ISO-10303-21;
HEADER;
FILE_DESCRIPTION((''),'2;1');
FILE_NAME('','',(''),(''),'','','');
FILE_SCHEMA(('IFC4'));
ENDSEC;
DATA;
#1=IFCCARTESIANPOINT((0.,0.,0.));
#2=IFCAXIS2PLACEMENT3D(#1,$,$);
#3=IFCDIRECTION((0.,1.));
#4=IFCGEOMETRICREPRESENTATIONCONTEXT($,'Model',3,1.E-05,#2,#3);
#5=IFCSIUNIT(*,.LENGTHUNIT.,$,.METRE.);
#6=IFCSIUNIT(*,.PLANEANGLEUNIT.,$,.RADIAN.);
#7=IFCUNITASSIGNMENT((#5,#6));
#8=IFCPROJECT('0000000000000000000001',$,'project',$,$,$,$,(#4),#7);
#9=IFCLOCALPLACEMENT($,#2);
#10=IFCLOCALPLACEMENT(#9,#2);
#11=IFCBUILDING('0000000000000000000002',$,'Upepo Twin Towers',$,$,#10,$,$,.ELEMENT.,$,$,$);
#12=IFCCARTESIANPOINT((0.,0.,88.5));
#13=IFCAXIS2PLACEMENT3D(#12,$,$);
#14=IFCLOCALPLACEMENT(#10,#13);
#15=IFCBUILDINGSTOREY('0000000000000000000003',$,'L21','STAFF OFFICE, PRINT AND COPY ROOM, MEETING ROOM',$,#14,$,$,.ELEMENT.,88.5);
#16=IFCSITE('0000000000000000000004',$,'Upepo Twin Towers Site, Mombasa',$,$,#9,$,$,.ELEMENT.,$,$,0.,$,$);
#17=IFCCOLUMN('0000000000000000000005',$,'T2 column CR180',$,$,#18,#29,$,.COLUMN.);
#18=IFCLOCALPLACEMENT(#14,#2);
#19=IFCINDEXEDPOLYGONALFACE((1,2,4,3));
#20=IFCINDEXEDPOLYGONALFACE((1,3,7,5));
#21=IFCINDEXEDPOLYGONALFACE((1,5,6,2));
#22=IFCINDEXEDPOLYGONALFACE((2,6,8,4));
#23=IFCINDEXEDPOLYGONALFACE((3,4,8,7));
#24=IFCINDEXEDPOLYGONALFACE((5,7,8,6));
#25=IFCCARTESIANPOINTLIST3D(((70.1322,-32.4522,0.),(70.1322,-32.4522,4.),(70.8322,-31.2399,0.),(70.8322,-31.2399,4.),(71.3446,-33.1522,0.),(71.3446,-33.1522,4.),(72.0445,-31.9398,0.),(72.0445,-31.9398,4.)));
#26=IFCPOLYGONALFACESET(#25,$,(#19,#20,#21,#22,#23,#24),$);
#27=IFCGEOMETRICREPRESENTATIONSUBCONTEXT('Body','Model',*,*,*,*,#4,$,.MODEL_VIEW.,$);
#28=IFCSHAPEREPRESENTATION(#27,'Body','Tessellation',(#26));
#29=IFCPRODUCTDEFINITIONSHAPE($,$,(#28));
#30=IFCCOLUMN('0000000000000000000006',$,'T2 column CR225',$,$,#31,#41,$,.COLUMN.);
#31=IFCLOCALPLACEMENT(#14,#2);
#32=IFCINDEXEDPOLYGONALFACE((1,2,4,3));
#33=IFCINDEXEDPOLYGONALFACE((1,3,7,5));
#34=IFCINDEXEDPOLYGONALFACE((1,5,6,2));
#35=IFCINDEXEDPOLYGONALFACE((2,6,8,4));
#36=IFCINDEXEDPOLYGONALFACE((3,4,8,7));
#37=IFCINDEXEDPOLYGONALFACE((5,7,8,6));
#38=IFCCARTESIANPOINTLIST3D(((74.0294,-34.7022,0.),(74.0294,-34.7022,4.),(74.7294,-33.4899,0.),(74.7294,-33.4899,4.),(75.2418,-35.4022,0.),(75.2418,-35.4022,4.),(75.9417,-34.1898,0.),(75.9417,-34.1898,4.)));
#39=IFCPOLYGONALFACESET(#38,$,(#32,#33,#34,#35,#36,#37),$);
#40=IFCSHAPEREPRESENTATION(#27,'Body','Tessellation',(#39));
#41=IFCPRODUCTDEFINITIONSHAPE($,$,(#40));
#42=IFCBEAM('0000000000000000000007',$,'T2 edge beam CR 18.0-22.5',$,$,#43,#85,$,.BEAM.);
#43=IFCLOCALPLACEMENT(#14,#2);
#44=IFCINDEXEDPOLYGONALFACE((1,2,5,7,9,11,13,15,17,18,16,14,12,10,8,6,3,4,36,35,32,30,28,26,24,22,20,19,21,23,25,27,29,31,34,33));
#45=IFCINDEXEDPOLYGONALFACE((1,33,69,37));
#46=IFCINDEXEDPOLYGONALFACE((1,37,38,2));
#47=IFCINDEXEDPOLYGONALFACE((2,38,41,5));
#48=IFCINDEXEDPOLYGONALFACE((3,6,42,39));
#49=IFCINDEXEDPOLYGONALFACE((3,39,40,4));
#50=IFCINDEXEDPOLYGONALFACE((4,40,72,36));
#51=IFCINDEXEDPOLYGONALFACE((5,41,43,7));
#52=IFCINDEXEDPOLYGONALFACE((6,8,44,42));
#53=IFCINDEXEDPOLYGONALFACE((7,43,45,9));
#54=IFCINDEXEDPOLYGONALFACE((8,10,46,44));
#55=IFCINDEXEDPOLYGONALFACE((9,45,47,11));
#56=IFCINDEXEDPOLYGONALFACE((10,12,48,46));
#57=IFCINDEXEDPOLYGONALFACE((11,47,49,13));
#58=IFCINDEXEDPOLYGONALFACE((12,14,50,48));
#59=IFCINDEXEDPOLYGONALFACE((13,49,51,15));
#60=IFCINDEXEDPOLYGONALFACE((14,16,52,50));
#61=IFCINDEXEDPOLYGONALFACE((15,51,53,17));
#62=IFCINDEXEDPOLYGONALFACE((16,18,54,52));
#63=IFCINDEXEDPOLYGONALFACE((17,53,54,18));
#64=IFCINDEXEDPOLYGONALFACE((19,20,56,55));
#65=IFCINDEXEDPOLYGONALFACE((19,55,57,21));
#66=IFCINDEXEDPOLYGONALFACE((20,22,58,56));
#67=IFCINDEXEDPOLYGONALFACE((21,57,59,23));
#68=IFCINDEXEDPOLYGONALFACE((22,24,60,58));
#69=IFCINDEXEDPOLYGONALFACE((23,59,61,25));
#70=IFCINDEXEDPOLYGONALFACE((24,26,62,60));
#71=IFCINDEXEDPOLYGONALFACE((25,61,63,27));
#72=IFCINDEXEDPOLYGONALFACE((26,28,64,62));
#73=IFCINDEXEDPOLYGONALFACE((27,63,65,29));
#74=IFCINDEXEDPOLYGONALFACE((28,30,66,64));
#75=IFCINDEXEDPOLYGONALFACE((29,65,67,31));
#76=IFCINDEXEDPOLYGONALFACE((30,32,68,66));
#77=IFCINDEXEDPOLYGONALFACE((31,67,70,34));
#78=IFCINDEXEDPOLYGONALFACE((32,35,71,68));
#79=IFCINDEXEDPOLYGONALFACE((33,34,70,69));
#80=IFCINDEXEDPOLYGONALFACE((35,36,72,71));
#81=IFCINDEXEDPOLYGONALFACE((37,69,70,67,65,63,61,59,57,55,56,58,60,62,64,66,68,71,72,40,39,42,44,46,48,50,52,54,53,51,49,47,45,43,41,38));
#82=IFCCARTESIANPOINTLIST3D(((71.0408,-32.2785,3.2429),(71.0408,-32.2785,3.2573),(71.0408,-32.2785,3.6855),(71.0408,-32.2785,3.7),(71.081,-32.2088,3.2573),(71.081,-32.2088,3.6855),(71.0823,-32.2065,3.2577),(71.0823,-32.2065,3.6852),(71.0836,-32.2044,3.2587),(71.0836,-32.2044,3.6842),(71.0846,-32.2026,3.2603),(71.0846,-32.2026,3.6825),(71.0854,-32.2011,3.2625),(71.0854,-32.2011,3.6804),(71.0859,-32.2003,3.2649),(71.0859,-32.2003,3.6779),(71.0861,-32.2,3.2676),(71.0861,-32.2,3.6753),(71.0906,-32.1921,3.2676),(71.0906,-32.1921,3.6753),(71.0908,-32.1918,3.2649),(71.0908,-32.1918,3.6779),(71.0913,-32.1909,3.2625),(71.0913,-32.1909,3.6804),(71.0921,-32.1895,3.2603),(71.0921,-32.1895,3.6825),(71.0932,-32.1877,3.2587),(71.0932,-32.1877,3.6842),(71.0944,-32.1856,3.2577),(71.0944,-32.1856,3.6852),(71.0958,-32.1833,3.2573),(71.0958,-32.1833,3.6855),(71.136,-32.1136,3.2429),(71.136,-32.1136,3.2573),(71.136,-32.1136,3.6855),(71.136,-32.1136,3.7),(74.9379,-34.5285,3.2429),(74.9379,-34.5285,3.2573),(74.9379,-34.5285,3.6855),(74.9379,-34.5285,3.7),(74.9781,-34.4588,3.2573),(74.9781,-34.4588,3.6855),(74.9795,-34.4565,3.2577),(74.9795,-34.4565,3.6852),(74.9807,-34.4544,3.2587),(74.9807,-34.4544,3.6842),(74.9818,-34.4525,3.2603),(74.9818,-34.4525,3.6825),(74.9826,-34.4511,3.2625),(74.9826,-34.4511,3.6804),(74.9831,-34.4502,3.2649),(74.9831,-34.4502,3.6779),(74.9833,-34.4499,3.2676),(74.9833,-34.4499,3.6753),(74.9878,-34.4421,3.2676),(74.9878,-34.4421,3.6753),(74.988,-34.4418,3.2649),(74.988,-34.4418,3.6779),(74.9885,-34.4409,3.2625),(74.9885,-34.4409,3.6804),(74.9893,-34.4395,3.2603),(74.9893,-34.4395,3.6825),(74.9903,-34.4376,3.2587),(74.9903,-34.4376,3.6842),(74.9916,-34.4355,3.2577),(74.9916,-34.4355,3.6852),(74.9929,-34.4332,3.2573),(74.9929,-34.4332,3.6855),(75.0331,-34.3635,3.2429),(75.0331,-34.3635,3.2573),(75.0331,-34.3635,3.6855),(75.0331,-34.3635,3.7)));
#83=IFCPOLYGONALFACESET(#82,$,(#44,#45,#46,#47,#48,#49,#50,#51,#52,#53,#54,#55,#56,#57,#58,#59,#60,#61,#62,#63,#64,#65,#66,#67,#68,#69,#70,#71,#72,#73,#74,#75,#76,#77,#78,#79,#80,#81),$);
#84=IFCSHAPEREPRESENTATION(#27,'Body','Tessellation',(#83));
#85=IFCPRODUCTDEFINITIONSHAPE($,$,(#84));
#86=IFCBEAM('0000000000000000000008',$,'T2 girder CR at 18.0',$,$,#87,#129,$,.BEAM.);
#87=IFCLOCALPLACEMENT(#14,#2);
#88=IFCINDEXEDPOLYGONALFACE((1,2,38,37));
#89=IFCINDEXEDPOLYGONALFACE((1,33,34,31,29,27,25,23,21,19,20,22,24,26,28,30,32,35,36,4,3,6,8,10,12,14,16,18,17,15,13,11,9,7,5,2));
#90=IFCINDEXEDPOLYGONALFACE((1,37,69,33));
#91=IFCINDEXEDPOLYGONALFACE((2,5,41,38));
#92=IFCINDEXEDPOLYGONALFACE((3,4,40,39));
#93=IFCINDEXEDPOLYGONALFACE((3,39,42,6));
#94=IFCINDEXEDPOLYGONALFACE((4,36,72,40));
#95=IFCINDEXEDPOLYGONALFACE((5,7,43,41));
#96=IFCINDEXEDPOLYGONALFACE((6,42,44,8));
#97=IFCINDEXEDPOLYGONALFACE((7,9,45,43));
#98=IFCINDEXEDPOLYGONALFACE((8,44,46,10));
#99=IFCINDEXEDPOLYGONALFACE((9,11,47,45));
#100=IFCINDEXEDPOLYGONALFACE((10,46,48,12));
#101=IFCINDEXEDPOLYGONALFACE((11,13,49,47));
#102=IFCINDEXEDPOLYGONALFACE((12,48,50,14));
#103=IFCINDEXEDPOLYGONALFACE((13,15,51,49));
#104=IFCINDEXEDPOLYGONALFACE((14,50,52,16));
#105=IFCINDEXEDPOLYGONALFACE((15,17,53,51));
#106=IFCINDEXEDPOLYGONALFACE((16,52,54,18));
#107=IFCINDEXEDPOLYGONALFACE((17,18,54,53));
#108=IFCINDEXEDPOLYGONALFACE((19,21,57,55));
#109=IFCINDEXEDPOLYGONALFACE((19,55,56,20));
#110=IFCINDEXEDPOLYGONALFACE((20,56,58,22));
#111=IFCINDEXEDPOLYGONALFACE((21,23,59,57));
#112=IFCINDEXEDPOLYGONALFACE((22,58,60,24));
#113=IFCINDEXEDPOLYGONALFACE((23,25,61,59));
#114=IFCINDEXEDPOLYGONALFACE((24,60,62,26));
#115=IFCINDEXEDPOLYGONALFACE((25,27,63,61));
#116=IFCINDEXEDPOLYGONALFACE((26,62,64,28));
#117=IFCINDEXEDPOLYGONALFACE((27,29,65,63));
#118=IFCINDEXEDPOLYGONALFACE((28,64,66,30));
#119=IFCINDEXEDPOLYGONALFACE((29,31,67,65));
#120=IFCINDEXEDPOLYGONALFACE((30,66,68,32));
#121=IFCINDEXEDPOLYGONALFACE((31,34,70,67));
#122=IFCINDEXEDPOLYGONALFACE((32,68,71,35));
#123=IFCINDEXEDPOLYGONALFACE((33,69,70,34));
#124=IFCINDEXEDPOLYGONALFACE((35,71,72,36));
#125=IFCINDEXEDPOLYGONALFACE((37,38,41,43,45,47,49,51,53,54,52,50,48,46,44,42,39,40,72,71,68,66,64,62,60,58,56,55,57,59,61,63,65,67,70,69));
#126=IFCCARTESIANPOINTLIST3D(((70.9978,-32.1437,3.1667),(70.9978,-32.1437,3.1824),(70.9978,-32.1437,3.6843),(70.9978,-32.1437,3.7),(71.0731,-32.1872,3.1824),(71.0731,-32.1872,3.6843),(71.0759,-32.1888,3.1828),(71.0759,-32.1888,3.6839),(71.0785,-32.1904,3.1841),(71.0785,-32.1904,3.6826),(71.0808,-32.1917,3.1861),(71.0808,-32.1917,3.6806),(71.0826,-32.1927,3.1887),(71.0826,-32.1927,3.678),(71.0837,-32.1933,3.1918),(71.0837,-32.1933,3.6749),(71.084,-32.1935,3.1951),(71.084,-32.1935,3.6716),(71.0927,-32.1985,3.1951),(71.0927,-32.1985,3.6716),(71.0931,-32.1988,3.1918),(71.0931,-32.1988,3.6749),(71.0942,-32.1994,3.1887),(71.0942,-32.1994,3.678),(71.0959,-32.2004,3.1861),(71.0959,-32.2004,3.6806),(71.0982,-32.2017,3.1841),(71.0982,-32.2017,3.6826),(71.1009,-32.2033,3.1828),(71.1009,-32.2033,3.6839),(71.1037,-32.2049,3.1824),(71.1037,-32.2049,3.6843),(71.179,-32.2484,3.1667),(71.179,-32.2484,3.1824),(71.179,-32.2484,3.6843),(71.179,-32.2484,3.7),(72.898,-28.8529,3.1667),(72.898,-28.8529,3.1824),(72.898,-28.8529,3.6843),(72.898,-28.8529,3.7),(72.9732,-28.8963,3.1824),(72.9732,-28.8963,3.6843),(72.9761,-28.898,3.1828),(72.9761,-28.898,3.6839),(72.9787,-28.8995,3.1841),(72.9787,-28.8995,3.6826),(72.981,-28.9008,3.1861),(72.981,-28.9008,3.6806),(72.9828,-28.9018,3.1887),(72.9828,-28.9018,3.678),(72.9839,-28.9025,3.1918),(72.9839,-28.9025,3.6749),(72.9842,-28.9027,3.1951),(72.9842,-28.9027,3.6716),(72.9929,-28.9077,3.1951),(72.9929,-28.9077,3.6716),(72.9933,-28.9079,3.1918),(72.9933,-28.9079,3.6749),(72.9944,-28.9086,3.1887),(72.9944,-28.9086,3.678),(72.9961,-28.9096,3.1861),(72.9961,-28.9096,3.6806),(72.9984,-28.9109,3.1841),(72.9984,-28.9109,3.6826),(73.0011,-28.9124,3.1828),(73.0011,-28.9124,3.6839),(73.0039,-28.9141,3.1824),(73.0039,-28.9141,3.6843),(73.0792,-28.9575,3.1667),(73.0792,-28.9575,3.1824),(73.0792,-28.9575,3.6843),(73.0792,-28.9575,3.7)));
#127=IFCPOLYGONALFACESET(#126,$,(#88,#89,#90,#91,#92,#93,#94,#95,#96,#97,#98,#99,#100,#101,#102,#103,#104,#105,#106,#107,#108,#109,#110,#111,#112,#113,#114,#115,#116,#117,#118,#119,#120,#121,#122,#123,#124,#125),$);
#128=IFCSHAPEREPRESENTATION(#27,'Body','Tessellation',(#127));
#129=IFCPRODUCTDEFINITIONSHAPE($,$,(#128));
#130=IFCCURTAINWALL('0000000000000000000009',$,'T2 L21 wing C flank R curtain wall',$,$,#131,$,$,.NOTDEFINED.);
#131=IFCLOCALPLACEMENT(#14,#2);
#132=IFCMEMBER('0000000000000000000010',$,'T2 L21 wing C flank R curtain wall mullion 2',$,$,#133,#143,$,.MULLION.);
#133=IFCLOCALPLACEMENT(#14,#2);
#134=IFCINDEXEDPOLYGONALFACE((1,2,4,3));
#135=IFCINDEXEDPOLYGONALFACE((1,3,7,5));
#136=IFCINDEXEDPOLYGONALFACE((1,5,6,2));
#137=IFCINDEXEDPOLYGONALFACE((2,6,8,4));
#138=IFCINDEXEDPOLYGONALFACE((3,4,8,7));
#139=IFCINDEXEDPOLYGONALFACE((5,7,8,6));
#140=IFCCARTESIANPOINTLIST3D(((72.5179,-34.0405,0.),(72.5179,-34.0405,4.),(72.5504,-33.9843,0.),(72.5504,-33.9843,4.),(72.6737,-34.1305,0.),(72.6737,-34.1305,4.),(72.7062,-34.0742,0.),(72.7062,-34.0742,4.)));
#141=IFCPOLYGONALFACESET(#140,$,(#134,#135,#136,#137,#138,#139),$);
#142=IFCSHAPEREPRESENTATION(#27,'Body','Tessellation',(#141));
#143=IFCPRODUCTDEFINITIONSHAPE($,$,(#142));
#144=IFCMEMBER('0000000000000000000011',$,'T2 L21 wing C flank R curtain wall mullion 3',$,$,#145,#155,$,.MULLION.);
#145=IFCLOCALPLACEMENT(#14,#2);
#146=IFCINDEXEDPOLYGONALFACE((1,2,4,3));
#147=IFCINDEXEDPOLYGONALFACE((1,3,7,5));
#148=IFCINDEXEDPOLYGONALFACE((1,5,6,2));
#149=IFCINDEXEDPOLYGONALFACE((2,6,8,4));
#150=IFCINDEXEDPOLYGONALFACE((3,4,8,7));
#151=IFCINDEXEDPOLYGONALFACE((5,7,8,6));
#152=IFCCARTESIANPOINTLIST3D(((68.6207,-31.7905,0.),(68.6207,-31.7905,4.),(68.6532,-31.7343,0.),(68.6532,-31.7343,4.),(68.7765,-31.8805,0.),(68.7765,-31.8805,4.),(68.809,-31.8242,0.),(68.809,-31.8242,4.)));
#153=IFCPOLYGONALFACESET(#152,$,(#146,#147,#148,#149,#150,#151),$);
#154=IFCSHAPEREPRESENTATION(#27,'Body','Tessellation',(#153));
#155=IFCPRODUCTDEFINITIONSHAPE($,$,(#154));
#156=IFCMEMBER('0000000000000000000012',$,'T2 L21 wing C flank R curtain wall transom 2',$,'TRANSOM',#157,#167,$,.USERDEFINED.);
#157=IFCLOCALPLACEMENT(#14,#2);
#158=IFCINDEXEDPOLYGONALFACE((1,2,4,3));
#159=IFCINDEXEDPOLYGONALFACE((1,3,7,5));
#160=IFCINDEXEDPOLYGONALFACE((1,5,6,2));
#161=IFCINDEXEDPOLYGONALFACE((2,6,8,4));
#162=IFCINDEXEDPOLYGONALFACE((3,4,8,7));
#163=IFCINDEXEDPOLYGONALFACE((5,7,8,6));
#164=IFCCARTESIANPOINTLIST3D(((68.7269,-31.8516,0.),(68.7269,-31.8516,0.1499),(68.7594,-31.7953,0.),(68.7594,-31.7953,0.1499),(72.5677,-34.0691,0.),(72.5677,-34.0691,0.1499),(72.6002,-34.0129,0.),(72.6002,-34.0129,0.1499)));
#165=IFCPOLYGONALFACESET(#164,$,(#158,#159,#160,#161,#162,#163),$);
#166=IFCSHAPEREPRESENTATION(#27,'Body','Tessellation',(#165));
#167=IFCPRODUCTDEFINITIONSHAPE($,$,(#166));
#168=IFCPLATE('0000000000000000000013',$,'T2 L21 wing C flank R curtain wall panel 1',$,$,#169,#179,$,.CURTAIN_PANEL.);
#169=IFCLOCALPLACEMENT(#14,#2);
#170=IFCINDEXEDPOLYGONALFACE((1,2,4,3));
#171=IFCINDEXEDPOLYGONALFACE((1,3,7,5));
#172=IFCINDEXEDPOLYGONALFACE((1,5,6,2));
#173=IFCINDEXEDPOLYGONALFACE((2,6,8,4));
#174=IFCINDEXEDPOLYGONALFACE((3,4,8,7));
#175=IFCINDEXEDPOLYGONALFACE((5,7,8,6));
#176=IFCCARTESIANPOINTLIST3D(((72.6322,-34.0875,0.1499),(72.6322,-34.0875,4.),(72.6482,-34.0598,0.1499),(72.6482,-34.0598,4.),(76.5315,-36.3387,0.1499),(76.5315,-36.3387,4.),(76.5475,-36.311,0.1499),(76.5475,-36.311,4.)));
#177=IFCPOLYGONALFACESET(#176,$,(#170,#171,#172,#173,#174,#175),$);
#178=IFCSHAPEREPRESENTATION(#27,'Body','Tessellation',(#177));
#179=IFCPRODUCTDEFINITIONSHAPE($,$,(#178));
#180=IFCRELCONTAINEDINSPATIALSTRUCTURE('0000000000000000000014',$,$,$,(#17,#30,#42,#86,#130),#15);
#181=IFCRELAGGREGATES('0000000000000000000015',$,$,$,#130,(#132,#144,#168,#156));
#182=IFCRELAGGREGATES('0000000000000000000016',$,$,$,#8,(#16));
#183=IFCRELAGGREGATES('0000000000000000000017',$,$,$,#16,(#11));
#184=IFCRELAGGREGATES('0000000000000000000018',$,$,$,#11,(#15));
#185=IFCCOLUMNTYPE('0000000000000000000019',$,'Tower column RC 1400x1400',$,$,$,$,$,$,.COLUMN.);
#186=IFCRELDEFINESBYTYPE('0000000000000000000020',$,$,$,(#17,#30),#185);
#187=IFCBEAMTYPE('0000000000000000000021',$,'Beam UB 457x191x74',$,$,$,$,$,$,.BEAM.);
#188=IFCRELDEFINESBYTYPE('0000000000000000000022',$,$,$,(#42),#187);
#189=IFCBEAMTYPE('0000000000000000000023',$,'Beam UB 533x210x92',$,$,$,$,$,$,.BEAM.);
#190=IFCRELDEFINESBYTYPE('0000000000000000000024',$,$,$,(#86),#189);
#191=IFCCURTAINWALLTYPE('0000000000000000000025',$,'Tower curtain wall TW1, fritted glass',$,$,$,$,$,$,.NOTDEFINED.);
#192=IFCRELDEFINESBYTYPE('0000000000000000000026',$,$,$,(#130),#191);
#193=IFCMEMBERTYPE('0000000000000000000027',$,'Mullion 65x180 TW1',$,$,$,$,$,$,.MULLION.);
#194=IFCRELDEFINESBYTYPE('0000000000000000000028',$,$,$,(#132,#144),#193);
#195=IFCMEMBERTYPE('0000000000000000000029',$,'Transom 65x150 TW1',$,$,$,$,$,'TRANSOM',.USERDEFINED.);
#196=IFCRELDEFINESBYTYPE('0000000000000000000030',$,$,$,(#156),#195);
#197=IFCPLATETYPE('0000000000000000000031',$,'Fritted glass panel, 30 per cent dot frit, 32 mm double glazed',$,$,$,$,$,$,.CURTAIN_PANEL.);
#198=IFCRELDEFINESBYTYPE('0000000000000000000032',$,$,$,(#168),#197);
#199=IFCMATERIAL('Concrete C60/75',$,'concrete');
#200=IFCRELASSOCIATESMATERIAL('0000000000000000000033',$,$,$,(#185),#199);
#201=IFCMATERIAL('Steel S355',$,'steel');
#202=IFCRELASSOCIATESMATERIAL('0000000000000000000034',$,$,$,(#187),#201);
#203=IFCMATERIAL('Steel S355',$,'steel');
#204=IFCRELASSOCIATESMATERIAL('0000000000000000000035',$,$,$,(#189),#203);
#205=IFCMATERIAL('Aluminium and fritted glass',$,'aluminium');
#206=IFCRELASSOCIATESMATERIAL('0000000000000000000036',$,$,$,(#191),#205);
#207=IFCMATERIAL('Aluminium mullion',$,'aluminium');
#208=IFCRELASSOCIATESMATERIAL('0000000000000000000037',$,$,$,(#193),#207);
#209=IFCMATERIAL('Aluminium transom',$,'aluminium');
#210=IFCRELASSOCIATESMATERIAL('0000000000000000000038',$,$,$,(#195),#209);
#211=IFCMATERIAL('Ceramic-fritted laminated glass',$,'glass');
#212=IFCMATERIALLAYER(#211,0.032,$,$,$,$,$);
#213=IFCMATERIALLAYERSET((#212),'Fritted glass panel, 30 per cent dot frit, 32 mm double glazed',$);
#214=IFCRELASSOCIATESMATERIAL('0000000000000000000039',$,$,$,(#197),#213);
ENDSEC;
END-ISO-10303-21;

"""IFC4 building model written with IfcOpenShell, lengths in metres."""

from ifc_helpers import new_model, si_unit, direction, frame, origin, origin_2d, place, context, subcontext, project, spatial, rectangle, i_section, extrude, material, layer, layer_set, material_profile, profile_set, type_object, element, aggregate, save


model = new_model("IFC4")

# Units and contexts
model_context = context("Model", 3, precision=1e-05, world=origin(), true_north=direction((0.0, 1.0)))
body_context = subcontext(model_context, "Body", "Model", "MODEL_VIEW")
ifc_project = project(units=[si_unit("LENGTHUNIT", "METRE"), si_unit("PLANEANGLEUNIT", "RADIAN")], contexts=[model_context])

# Site, building, storey
site_placement = place(None, origin())
site = spatial("IfcSite", under=ifc_project, at=site_placement, Name="Upepo Twin Towers Site, Mombasa", CompositionType="ELEMENT", RefElevation=0.0)
building_placement = place(site_placement, origin())
building = spatial("IfcBuilding", under=site, at=building_placement, Name="Upepo Twin Towers", CompositionType="ELEMENT")
storey_placement = place(building_placement, frame((0.0, 0.0, 88.5)))
storey = spatial("IfcBuildingStorey", under=building, at=storey_placement, Name="L21", Description="STAFF OFFICE, PRINT AND COPY ROOM, MEETING ROOM", CompositionType="ELEMENT", Elevation=88.5)

# Columns
ifc_material_1 = material(Name="Concrete C60/75", Category="concrete")
ifc_material_profile_1 = material_profile(ifc_material_1, rectangle(XDim=1.3999, YDim=1.3999, at=origin_2d()), Name="RC 1400x1400")
ifc_profile_set_1 = profile_set([ifc_material_profile_1], Name="Concrete C60/75")
column_type = type_object("IfcColumnType", Name="Tower column RC 1400x1400", PredefinedType="COLUMN", material=ifc_profile_set_1)
for number, where, z_axis, x_axis, name in (
    (1, (71.0884, -32.196, 0.0), (0.0, 0.0, 1.0), (0.5, 0.866025, 0.0), "T2 column CR180"),
    (2, (74.9856, -34.446, 0.0), (0.0, 0.0, 1.0), (0.5, 0.866025, 0.0), "T2 column CR225"),
):
    element("IfcColumn", number, at=place(storey_placement, frame(where, z_axis=z_axis, x_axis=x_axis)), inside=storey, type_object=column_type, Name=name, PredefinedType="COLUMN", context=body_context, shape_type="SweptSolid", body=[
        extrude(rectangle(XDim=1.3999, YDim=1.3999, at=origin_2d()), origin(), (0.0, 0.0, 1.0), 4.0),
    ])

# Beams
ifc_material_2 = material(Name="Steel S355", Category="steel")
ifc_material_profile_2 = material_profile(ifc_material_2, i_section(OverallWidth=0.1904, OverallDepth=0.457, WebThickness=0.009, FlangeThickness=0.0144, FilletRadius=0.0103, at=origin_2d()), Name="UB 457x191x74")
ifc_profile_set_2 = profile_set([ifc_material_profile_2], Name="Steel S355")
beam_type_1 = type_object("IfcBeamType", Name="Beam UB 457x191x74", PredefinedType="BEAM", material=ifc_profile_set_2)
beam_1_placement = place(storey_placement, frame((71.0884, -32.196, 3.4714), z_axis=(0.866031, -0.49999, 0.0), x_axis=(0.49999, 0.866031, 0.0)))
element("IfcBeam", 3, at=beam_1_placement, inside=storey, type_object=beam_type_1, Name="T2 edge beam CR 18.0-22.5", PredefinedType="BEAM", context=body_context, shape_type="SweptSolid", body=[
    extrude(i_section(OverallWidth=0.1904, OverallDepth=0.457, WebThickness=0.009, FlangeThickness=0.0144, FilletRadius=0.0103, at=origin_2d()), origin(), (0.0, 0.0, 1.0), 4.5),
])
ifc_material_3 = material(Name="Steel S355", Category="steel")
ifc_material_profile_3 = material_profile(ifc_material_3, i_section(OverallWidth=0.2092, OverallDepth=0.5332, WebThickness=0.01, FlangeThickness=0.0156, FilletRadius=0.0127, at=origin_2d()), Name="UB 533x210x92")
ifc_profile_set_3 = profile_set([ifc_material_profile_3], Name="Steel S355")
beam_type_2 = type_object("IfcBeamType", Name="Beam UB 533x210x92", PredefinedType="BEAM", material=ifc_profile_set_3)
beam_2_placement = place(storey_placement, frame((71.0884, -32.196, 3.4333), z_axis=(0.500043, 0.866, 0.0), x_axis=(-0.866, 0.500043, 0.0)))
element("IfcBeam", 4, at=beam_2_placement, inside=storey, type_object=beam_type_2, Name="T2 girder CR at 18.0", PredefinedType="BEAM", context=body_context, shape_type="SweptSolid", body=[
    extrude(i_section(OverallWidth=0.2092, OverallDepth=0.5332, WebThickness=0.01, FlangeThickness=0.0156, FilletRadius=0.0127, at=origin_2d()), origin(), (0.0, 0.0, 1.0), 3.8),
])

# Curtain wall, members, plate
ifc_material_4 = material(Name="Aluminium and fritted glass", Category="aluminium")
curtain_wall_type = type_object("IfcCurtainWallType", Name="Tower curtain wall TW1, fritted glass", PredefinedType="NOTDEFINED", material=ifc_material_4)
curtain_wall_placement = place(storey_placement, origin())
curtain_wall = element("IfcCurtainWall", 5, at=curtain_wall_placement, inside=storey, type_object=curtain_wall_type, Name="T2 L21 wing C flank R curtain wall", PredefinedType="NOTDEFINED")
ifc_material_5 = material(Name="Aluminium mullion", Category="aluminium")
ifc_material_profile_4 = material_profile(ifc_material_5, rectangle(XDim=0.0649, YDim=0.1799, at=origin_2d()), Name="MULLION 65x180")
ifc_profile_set_4 = profile_set([ifc_material_profile_4], Name="Aluminium mullion")
member_type_1 = type_object("IfcMemberType", Name="Mullion 65x180 TW1", PredefinedType="MULLION", material=ifc_profile_set_4)
member_1_placement = place(storey_placement, frame((72.6121, -34.0574, 0.0), z_axis=(0.0, 0.0, 1.0), x_axis=(-0.5, -0.866025, 0.0)))
member_1 = element("IfcMember", 6, at=member_1_placement, type_object=member_type_1, Name="T2 L21 wing C flank R curtain wall mullion 2", PredefinedType="MULLION", context=body_context, shape_type="SweptSolid", body=[
    extrude(rectangle(XDim=0.0649, YDim=0.1799, at=origin_2d()), origin(), (0.0, 0.0, 1.0), 4.0),
])
member_2_placement = place(storey_placement, frame((68.7148, -31.8074, 0.0), z_axis=(0.0, 0.0, 1.0), x_axis=(-0.5, -0.866025, 0.0)))
member_2 = element("IfcMember", 7, at=member_2_placement, type_object=member_type_1, Name="T2 L21 wing C flank R curtain wall mullion 3", PredefinedType="MULLION", context=body_context, shape_type="SweptSolid", body=[
    extrude(rectangle(XDim=0.0649, YDim=0.1799, at=origin_2d()), origin(), (0.0, 0.0, 1.0), 4.0),
])
ifc_material_6 = material(Name="Aluminium transom", Category="aluminium")
ifc_material_profile_5 = material_profile(ifc_material_6, rectangle(XDim=0.0649, YDim=0.1499, at=origin_2d()), Name="TRANSOM 65x150")
ifc_profile_set_5 = profile_set([ifc_material_profile_5], Name="Aluminium transom")
member_type_2 = type_object("IfcMemberType", Name="Transom 65x150 TW1", ElementType="TRANSOM", PredefinedType="USERDEFINED", material=ifc_profile_set_5)
member_3_placement = place(storey_placement, frame((72.584, -34.041, 0.075), z_axis=(-0.866022, 0.500005, 0.0), x_axis=(-0.500005, -0.866022, 0.0)))
member_3 = element("IfcMember", 8, at=member_3_placement, type_object=member_type_2, Name="T2 L21 wing C flank R curtain wall transom 2", ObjectType="TRANSOM", PredefinedType="USERDEFINED", context=body_context, shape_type="SweptSolid", body=[
    extrude(rectangle(XDim=0.0649, YDim=0.1499, at=origin_2d()), origin(), (0.0, 0.0, 1.0), 4.4351),
])
ifc_material_7 = material(Name="Ceramic-fritted laminated glass", Category="glass")
ifc_layer_1 = layer(ifc_material_7, 0.032)
ifc_layer_set_1 = layer_set([ifc_layer_1], Name="Fritted glass panel, 30 per cent dot frit, 32 mm double glazed")
plate_type = type_object("IfcPlateType", Name="Fritted glass panel, 30 per cent dot frit, 32 mm double glazed", PredefinedType="CURTAIN_PANEL", material=ifc_layer_set_1)
plate_1_placement = place(storey_placement, frame((74.5898, -35.1992, 0.1499), z_axis=(0.0, 0.0, 1.0), x_axis=(-0.866025, 0.5, 0.0)))
plate_1 = element("IfcPlate", 9, at=plate_1_placement, type_object=plate_type, Name="T2 L21 wing C flank R curtain wall panel 1", PredefinedType="CURTAIN_PANEL", context=body_context, shape_type="SweptSolid", body=[
    extrude(rectangle(XDim=4.5024, YDim=0.032, at=origin_2d()), origin(), (0.0, 0.0, 1.0), 3.8501),
])
aggregate(curtain_wall, [member_1, member_2, plate_1, member_3])

save(model, "model.ifc")
